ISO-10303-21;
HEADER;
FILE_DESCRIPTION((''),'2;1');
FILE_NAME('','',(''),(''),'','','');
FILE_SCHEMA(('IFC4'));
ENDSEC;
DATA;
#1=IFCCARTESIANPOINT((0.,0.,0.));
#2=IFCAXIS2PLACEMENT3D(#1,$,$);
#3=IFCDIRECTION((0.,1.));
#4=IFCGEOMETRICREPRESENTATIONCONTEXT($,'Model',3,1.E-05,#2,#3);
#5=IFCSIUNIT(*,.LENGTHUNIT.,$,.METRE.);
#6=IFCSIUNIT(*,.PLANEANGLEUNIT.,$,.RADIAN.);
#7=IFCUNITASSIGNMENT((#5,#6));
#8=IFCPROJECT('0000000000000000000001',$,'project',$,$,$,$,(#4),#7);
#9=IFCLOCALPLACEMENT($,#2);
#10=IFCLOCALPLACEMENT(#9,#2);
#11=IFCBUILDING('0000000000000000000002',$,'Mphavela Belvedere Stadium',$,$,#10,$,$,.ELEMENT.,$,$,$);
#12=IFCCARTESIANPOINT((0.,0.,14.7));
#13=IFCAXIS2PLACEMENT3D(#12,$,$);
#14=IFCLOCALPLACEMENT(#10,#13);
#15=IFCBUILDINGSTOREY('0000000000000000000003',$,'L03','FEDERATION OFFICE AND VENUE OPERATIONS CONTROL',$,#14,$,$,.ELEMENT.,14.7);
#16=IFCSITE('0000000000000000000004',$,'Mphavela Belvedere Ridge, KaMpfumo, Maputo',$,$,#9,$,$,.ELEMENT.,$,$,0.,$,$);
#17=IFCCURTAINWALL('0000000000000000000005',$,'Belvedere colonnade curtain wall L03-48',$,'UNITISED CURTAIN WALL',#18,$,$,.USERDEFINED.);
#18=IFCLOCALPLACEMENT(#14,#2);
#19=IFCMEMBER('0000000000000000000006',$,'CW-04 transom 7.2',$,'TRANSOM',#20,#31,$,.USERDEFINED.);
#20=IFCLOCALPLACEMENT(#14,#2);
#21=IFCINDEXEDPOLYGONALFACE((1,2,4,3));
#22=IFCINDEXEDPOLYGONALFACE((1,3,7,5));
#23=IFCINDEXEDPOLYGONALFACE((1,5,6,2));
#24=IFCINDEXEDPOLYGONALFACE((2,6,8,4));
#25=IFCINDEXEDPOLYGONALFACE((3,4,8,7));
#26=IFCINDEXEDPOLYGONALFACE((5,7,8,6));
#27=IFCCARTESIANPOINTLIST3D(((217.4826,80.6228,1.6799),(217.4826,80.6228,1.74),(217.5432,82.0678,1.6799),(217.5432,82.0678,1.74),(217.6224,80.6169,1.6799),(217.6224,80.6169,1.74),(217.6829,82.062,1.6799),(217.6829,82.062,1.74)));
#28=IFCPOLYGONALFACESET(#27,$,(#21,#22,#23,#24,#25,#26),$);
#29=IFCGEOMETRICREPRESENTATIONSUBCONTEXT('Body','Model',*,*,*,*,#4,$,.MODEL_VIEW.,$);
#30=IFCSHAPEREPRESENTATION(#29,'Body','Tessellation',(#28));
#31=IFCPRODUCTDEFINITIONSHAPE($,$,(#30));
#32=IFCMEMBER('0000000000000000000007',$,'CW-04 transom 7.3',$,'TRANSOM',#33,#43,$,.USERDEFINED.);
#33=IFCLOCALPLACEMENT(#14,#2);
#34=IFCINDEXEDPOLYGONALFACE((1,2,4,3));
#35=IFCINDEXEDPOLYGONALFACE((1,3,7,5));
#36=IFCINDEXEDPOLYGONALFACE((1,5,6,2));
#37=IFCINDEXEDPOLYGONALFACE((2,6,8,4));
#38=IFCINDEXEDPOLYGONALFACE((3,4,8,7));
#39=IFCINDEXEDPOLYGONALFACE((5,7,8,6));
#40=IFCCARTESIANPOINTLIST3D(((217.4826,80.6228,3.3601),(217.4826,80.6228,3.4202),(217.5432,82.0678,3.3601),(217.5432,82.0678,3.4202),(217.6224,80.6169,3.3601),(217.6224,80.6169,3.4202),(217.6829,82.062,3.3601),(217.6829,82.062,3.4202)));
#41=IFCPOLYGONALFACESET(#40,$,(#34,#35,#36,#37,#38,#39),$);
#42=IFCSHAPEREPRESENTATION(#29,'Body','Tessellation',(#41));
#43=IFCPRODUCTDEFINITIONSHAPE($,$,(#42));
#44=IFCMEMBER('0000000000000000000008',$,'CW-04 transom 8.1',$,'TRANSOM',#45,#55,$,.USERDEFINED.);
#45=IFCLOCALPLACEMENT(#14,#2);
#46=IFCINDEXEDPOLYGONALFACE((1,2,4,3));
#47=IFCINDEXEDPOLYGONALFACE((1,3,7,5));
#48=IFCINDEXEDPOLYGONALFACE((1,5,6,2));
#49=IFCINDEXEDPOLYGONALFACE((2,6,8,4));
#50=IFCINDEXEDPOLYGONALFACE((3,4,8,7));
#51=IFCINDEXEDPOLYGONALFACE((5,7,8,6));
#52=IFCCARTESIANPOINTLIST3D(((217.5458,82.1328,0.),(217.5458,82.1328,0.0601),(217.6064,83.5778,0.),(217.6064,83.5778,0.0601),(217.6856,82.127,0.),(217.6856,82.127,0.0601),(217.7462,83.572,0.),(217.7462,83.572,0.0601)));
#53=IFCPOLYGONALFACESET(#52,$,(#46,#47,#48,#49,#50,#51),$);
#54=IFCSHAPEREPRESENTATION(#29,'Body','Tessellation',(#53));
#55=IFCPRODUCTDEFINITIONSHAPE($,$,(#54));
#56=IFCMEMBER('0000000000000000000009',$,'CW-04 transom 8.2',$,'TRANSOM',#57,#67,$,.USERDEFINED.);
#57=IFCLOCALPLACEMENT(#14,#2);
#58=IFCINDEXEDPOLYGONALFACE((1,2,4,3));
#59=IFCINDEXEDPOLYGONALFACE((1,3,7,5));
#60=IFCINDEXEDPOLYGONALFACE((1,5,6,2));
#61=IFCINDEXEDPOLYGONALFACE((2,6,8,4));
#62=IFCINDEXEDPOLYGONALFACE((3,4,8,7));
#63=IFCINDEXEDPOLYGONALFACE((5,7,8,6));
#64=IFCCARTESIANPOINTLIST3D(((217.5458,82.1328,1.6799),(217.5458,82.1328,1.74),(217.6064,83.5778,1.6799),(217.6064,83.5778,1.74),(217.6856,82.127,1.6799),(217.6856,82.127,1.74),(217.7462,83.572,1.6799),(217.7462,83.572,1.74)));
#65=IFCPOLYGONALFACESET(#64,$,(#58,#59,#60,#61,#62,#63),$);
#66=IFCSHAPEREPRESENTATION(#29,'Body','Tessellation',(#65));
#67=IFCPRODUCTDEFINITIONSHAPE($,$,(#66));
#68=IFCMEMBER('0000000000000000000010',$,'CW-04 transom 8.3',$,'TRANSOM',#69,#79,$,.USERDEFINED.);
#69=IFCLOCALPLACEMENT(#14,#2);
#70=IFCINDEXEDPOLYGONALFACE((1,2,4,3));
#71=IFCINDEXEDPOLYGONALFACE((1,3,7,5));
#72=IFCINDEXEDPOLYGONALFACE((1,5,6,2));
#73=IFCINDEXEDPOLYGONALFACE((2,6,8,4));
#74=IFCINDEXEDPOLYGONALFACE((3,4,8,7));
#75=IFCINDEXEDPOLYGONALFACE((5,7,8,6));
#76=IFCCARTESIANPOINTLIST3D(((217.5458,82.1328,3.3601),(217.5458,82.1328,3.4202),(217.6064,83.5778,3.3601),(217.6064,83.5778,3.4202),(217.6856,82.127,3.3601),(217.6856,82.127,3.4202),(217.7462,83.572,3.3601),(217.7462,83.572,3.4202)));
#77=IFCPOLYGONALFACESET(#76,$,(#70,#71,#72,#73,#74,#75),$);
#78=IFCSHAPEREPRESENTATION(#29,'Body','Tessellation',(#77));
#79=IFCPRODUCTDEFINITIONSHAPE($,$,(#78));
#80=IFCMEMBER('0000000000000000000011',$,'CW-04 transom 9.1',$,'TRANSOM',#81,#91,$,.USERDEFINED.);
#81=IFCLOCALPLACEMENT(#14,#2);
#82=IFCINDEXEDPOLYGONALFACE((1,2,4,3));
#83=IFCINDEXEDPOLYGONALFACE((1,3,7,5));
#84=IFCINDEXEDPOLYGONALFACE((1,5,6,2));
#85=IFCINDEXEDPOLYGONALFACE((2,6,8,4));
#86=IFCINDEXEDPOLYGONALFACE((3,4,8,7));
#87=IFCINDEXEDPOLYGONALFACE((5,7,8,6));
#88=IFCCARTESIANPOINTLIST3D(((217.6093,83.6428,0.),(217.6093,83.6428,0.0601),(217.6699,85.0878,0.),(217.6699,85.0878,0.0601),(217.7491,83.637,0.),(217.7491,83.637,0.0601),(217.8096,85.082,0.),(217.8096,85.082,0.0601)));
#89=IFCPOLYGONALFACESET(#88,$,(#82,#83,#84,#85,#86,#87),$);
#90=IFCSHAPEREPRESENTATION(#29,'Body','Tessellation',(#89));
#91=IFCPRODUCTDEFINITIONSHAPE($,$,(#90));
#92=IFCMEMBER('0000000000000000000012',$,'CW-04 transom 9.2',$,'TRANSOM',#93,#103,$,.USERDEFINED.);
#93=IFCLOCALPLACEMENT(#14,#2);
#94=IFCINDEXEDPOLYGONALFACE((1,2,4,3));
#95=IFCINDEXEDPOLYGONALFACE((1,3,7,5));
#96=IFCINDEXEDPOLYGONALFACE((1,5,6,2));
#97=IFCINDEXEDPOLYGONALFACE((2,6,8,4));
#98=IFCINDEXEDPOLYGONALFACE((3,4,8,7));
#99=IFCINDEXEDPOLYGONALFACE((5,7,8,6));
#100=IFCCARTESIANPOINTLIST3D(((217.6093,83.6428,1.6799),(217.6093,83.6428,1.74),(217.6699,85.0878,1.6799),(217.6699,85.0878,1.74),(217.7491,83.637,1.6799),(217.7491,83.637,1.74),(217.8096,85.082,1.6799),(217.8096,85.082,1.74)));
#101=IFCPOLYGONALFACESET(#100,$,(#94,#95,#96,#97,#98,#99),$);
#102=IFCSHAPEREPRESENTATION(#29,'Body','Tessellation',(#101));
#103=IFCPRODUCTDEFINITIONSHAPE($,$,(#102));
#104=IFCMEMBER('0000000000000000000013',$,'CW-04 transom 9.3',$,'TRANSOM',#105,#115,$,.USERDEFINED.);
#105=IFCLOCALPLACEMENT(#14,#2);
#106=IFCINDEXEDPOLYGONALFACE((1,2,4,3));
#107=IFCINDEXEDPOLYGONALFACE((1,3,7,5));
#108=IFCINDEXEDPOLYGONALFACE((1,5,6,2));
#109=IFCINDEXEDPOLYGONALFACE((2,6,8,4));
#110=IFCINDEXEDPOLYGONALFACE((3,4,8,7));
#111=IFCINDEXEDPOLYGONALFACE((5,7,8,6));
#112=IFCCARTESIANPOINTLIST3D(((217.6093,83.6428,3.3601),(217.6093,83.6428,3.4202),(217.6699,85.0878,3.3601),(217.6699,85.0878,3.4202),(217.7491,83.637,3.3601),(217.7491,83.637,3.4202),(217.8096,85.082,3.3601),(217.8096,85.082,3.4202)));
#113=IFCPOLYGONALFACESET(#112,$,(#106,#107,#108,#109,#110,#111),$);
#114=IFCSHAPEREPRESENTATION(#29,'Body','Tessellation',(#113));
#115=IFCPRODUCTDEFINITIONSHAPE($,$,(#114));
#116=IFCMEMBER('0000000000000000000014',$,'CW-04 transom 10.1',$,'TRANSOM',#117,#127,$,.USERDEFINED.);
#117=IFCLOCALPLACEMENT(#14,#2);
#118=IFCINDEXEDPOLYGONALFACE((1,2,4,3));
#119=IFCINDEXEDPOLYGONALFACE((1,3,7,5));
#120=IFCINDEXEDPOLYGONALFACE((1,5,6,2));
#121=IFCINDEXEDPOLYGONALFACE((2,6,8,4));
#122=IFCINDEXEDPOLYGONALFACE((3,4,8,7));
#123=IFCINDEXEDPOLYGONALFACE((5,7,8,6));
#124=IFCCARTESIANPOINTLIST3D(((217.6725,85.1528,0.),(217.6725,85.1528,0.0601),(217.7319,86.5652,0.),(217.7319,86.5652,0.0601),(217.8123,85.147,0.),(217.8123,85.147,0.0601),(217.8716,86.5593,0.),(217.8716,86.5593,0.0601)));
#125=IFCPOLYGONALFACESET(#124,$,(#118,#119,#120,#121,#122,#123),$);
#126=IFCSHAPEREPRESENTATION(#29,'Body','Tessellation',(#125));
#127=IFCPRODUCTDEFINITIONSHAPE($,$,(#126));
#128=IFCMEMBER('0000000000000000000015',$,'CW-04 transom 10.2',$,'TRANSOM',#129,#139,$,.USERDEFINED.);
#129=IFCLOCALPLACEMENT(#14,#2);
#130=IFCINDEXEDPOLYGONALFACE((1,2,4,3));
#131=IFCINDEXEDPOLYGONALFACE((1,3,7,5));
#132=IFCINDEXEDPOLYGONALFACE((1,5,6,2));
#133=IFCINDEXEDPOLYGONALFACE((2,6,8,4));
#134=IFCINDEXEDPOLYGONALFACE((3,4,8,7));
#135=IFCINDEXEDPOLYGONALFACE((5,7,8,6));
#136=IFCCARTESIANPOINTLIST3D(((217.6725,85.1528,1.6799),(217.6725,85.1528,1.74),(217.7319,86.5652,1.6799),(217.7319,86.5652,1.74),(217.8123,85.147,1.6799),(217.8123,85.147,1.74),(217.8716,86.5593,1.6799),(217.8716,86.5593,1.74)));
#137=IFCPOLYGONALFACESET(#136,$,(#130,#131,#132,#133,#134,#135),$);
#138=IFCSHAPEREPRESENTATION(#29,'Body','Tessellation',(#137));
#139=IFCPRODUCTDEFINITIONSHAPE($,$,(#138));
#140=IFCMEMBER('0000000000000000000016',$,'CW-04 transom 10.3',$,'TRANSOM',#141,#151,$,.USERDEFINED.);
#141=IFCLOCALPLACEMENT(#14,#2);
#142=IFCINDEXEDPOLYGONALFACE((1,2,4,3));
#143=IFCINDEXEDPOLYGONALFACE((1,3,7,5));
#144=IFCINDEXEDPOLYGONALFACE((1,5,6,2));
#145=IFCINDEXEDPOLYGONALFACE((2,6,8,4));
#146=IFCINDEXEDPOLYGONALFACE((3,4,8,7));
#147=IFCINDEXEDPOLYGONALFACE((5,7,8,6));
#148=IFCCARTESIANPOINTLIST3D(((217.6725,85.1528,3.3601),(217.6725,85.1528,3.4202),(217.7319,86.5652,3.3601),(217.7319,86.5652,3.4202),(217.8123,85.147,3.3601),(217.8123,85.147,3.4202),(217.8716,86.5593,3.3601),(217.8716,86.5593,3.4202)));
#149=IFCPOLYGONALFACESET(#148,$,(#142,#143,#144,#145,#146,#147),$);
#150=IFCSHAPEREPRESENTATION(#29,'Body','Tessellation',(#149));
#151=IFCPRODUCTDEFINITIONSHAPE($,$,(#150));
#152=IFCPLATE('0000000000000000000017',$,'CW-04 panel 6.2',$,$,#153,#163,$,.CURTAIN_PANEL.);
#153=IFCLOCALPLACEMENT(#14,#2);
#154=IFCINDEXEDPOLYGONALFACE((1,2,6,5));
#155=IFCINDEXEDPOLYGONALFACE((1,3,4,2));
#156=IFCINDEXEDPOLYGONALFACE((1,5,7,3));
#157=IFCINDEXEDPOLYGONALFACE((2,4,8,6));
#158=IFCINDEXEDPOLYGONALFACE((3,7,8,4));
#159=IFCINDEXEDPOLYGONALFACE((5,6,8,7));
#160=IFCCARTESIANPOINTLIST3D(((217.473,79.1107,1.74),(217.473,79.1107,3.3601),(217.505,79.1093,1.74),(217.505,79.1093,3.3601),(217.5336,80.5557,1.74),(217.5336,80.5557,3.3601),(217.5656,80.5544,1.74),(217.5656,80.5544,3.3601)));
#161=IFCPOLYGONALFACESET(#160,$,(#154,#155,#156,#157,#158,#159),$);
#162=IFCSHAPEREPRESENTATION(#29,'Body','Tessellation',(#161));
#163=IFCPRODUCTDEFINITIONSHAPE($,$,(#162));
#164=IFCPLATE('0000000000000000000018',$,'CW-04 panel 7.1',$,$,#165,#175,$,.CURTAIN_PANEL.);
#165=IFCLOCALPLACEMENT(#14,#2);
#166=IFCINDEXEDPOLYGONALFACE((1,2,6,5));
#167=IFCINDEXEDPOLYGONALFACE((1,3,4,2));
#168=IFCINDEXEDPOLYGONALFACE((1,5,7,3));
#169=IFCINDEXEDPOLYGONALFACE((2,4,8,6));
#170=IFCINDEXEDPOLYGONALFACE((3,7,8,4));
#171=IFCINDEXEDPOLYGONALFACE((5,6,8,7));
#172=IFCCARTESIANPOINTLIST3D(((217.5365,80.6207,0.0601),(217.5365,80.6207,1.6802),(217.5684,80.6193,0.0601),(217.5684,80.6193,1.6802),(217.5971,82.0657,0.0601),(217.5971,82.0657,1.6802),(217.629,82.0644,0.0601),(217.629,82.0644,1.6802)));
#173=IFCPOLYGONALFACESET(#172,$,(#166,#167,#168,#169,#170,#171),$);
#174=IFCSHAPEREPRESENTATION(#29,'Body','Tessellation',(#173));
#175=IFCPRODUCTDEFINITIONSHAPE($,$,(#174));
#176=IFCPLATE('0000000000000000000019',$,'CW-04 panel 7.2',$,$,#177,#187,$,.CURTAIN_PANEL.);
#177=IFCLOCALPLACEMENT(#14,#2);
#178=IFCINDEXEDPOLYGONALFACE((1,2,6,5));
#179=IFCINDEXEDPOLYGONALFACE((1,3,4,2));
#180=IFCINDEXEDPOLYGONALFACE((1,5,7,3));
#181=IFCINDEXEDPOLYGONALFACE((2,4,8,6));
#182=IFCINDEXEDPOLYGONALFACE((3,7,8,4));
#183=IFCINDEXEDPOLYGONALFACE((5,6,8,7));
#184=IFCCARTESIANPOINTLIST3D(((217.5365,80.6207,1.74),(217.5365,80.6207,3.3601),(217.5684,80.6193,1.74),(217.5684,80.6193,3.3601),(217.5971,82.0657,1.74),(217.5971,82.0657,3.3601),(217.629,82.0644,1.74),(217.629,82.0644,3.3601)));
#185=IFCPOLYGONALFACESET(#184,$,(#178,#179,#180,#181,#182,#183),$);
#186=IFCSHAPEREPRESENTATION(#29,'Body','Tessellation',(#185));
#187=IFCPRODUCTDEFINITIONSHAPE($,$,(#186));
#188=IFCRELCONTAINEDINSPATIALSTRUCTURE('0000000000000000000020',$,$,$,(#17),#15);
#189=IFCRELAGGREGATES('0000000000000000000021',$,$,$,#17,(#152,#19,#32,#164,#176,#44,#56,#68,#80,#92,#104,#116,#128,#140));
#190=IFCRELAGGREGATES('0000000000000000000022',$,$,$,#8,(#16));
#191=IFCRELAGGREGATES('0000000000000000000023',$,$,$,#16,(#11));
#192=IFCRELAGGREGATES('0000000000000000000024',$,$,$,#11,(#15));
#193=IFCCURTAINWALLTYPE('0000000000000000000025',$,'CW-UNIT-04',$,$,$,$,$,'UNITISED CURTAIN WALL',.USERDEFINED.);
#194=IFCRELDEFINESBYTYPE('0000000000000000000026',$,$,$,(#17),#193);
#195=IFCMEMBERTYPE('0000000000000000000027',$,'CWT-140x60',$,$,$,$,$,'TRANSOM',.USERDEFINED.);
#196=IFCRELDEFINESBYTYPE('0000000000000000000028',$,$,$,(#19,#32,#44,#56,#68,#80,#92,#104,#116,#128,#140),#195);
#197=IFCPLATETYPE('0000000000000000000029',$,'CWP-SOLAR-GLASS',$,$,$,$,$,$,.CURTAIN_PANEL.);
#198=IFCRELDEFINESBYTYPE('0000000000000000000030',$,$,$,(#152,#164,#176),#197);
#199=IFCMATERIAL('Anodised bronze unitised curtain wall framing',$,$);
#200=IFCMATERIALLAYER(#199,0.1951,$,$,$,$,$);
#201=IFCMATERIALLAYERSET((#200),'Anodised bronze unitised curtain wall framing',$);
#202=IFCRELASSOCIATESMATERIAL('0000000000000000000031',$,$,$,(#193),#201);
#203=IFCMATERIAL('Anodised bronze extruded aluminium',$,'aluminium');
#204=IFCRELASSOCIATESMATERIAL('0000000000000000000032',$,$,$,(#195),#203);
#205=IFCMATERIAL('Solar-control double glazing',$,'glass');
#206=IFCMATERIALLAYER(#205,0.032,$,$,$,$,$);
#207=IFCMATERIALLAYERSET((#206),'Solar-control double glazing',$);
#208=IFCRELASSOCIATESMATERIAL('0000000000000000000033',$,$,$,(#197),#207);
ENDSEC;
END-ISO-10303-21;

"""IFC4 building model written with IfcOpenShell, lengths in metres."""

from ifc_helpers import new_model, si_unit, direction, frame, origin, origin_2d, place, context, subcontext, project, spatial, rectangle, extrude, material, layer, layer_set, material_profile, profile_set, type_object, element, aggregate, save


model = new_model("IFC4")

# Units and contexts
model_context = context("Model", 3, precision=1e-05, world=origin(), true_north=direction((0.0, 1.0)))
body_context = subcontext(model_context, "Body", "Model", "MODEL_VIEW")
ifc_project = project(units=[si_unit("LENGTHUNIT", "METRE"), si_unit("PLANEANGLEUNIT", "RADIAN")], contexts=[model_context])

# Site, building, storey
site_placement = place(None, origin())
site = spatial("IfcSite", under=ifc_project, at=site_placement, Name="Mphavela Belvedere Ridge, KaMpfumo, Maputo", CompositionType="ELEMENT", RefElevation=0.0)
building_placement = place(site_placement, origin())
building = spatial("IfcBuilding", under=site, at=building_placement, Name="Mphavela Belvedere Stadium", CompositionType="ELEMENT")
storey_placement = place(building_placement, frame((0.0, 0.0, 14.7)))
storey = spatial("IfcBuildingStorey", under=building, at=storey_placement, Name="L03", Description="FEDERATION OFFICE AND VENUE OPERATIONS CONTROL", CompositionType="ELEMENT", Elevation=14.7)

# Curtain wall, members, plates
ifc_material_1 = material(Name="Anodised bronze unitised curtain wall framing")
ifc_layer_1 = layer(ifc_material_1, 0.1951)
ifc_layer_set_1 = layer_set([ifc_layer_1], Name="Anodised bronze unitised curtain wall framing")
curtain_wall_type_1 = type_object("IfcCurtainWallType", Name="CW-UNIT-04", ElementType="UNITISED CURTAIN WALL", PredefinedType="USERDEFINED", material=ifc_layer_set_1)
curtain_wall_1_placement = place(storey_placement, origin())
curtain_wall_1 = element("IfcCurtainWall", 1, at=curtain_wall_1_placement, inside=storey, type_object=curtain_wall_type_1, Name="Belvedere colonnade curtain wall L03-48", ObjectType="UNITISED CURTAIN WALL", PredefinedType="USERDEFINED")
ifc_material_2 = material(Name="Anodised bronze extruded aluminium", Category="aluminium")
ifc_material_profile_1 = material_profile(ifc_material_2, rectangle(XDim=0.1399, YDim=0.0601, at=origin_2d()), Name="CW-TRN 140x60")
ifc_profile_set_1 = profile_set([ifc_material_profile_1], Name="Anodised bronze extruded aluminium")
member_type_1 = type_object("IfcMemberType", Name="CWT-140x60", ElementType="TRANSOM", PredefinedType="USERDEFINED", material=ifc_profile_set_1)
member_1_placement = place(storey_placement, frame((217.5525, 80.6199, 1.71), z_axis=(0.041862, 0.999123, 0.0), x_axis=(-0.999123, 0.041862, 0.0)))
member_1 = element("IfcMember", 2, at=member_1_placement, type_object=member_type_1, Name="CW-04 transom 7.2", ObjectType="TRANSOM", PredefinedType="USERDEFINED", context=body_context, shape_type="SweptSolid", body=[
    extrude(rectangle(XDim=0.1399, YDim=0.0601, at=origin_2d()), origin(), (0.0, 0.0, 1.0), 1.4463),
])
member_2_placement = place(storey_placement, frame((217.5525, 80.6199, 3.3901), z_axis=(0.041862, 0.999123, 0.0), x_axis=(-0.999123, 0.041862, 0.0)))
member_2 = element("IfcMember", 3, at=member_2_placement, type_object=member_type_1, Name="CW-04 transom 7.3", ObjectType="TRANSOM", PredefinedType="USERDEFINED", context=body_context, shape_type="SweptSolid", body=[
    extrude(rectangle(XDim=0.1399, YDim=0.0601, at=origin_2d()), origin(), (0.0, 0.0, 1.0), 1.4463),
])
member_3_placement = place(storey_placement, frame((217.6157, 82.1299, 0.03), z_axis=(0.041862, 0.999123, 0.0), x_axis=(-0.999123, 0.041862, 0.0)))
member_3 = element("IfcMember", 4, at=member_3_placement, type_object=member_type_1, Name="CW-04 transom 8.1", ObjectType="TRANSOM", PredefinedType="USERDEFINED", context=body_context, shape_type="SweptSolid", body=[
    extrude(rectangle(XDim=0.1399, YDim=0.0601, at=origin_2d()), origin(), (0.0, 0.0, 1.0), 1.4463),
])
member_4_placement = place(storey_placement, frame((217.6157, 82.1299, 1.71), z_axis=(0.041862, 0.999123, 0.0), x_axis=(-0.999123, 0.041862, 0.0)))
member_4 = element("IfcMember", 5, at=member_4_placement, type_object=member_type_1, Name="CW-04 transom 8.2", ObjectType="TRANSOM", PredefinedType="USERDEFINED", context=body_context, shape_type="SweptSolid", body=[
    extrude(rectangle(XDim=0.1399, YDim=0.0601, at=origin_2d()), origin(), (0.0, 0.0, 1.0), 1.4463),
])
member_5_placement = place(storey_placement, frame((217.6157, 82.1299, 3.3901), z_axis=(0.041862, 0.999123, 0.0), x_axis=(-0.999123, 0.041862, 0.0)))
member_5 = element("IfcMember", 6, at=member_5_placement, type_object=member_type_1, Name="CW-04 transom 8.3", ObjectType="TRANSOM", PredefinedType="USERDEFINED", context=body_context, shape_type="SweptSolid", body=[
    extrude(rectangle(XDim=0.1399, YDim=0.0601, at=origin_2d()), origin(), (0.0, 0.0, 1.0), 1.4463),
])
member_6_placement = place(storey_placement, frame((217.6792, 83.6399, 0.03), z_axis=(0.041862, 0.999123, 0.0), x_axis=(-0.999123, 0.041862, 0.0)))
member_6 = element("IfcMember", 7, at=member_6_placement, type_object=member_type_1, Name="CW-04 transom 9.1", ObjectType="TRANSOM", PredefinedType="USERDEFINED", context=body_context, shape_type="SweptSolid", body=[
    extrude(rectangle(XDim=0.1399, YDim=0.0601, at=origin_2d()), origin(), (0.0, 0.0, 1.0), 1.4463),
])
member_7_placement = place(storey_placement, frame((217.6792, 83.6399, 1.71), z_axis=(0.041862, 0.999123, 0.0), x_axis=(-0.999123, 0.041862, 0.0)))
member_7 = element("IfcMember", 8, at=member_7_placement, type_object=member_type_1, Name="CW-04 transom 9.2", ObjectType="TRANSOM", PredefinedType="USERDEFINED", context=body_context, shape_type="SweptSolid", body=[
    extrude(rectangle(XDim=0.1399, YDim=0.0601, at=origin_2d()), origin(), (0.0, 0.0, 1.0), 1.4463),
])
member_8_placement = place(storey_placement, frame((217.6792, 83.6399, 3.3901), z_axis=(0.041862, 0.999123, 0.0), x_axis=(-0.999123, 0.041862, 0.0)))
member_8 = element("IfcMember", 9, at=member_8_placement, type_object=member_type_1, Name="CW-04 transom 9.3", ObjectType="TRANSOM", PredefinedType="USERDEFINED", context=body_context, shape_type="SweptSolid", body=[
    extrude(rectangle(XDim=0.1399, YDim=0.0601, at=origin_2d()), origin(), (0.0, 0.0, 1.0), 1.4463),
])
member_9_placement = place(storey_placement, frame((217.7424, 85.1499, 0.03), z_axis=(0.041968, 0.999119, 0.0), x_axis=(-0.999119, 0.041968, 0.0)))
member_9 = element("IfcMember", 10, at=member_9_placement, type_object=member_type_1, Name="CW-04 transom 10.1", ObjectType="TRANSOM", PredefinedType="USERDEFINED", context=body_context, shape_type="SweptSolid", body=[
    extrude(rectangle(XDim=0.1399, YDim=0.0601, at=origin_2d()), origin(), (0.0, 0.0, 1.0), 1.4136),
])
member_10_placement = place(storey_placement, frame((217.7424, 85.1499, 1.71), z_axis=(0.041968, 0.999119, 0.0), x_axis=(-0.999119, 0.041968, 0.0)))
member_10 = element("IfcMember", 11, at=member_10_placement, type_object=member_type_1, Name="CW-04 transom 10.2", ObjectType="TRANSOM", PredefinedType="USERDEFINED", context=body_context, shape_type="SweptSolid", body=[
    extrude(rectangle(XDim=0.1399, YDim=0.0601, at=origin_2d()), origin(), (0.0, 0.0, 1.0), 1.4136),
])
member_11_placement = place(storey_placement, frame((217.7424, 85.1499, 3.3901), z_axis=(0.041968, 0.999119, 0.0), x_axis=(-0.999119, 0.041968, 0.0)))
member_11 = element("IfcMember", 12, at=member_11_placement, type_object=member_type_1, Name="CW-04 transom 10.3", ObjectType="TRANSOM", PredefinedType="USERDEFINED", context=body_context, shape_type="SweptSolid", body=[
    extrude(rectangle(XDim=0.1399, YDim=0.0601, at=origin_2d()), origin(), (0.0, 0.0, 1.0), 1.4136),
])
ifc_material_3 = material(Name="Solar-control double glazing", Category="glass")
ifc_layer_2 = layer(ifc_material_3, 0.032)
ifc_layer_set_2 = layer_set([ifc_layer_2], Name="Solar-control double glazing")
plate_type = type_object("IfcPlateType", Name="CWP-SOLAR-GLASS", PredefinedType="CURTAIN_PANEL", material=ifc_layer_set_2)
plate_1_placement = place(storey_placement, frame((217.5193, 79.8325, 1.74), z_axis=(0.0, 0.0, 1.0), x_axis=(0.041911, 0.999121, 0.0)))
plate_1 = element("IfcPlate", 13, at=plate_1_placement, type_object=plate_type, Name="CW-04 panel 6.2", PredefinedType="CURTAIN_PANEL", context=body_context, shape_type="SweptSolid", body=[
    extrude(rectangle(XDim=1.4463, YDim=0.032, at=origin_2d()), origin(), (0.0, 0.0, 1.0), 1.6201),
])
plate_2_placement = place(storey_placement, frame((217.5828, 81.3425, 0.0601), z_axis=(0.0, 0.0, 1.0), x_axis=(0.041911, 0.999121, 0.0)))
plate_2 = element("IfcPlate", 14, at=plate_2_placement, type_object=plate_type, Name="CW-04 panel 7.1", PredefinedType="CURTAIN_PANEL", context=body_context, shape_type="SweptSolid", body=[
    extrude(rectangle(XDim=1.4463, YDim=0.032, at=origin_2d()), origin(), (0.0, 0.0, 1.0), 1.6201),
])
plate_3_placement = place(storey_placement, frame((217.5828, 81.3425, 1.74), z_axis=(0.0, 0.0, 1.0), x_axis=(0.041911, 0.999121, 0.0)))
plate_3 = element("IfcPlate", 15, at=plate_3_placement, type_object=plate_type, Name="CW-04 panel 7.2", PredefinedType="CURTAIN_PANEL", context=body_context, shape_type="SweptSolid", body=[
    extrude(rectangle(XDim=1.4463, YDim=0.032, at=origin_2d()), origin(), (0.0, 0.0, 1.0), 1.6201),
])
aggregate(curtain_wall_1, [plate_1, member_1, member_2, plate_2, plate_3, member_3, member_4, member_5, member_6, member_7, member_8, member_9, member_10, member_11])

save(model, "model.ifc")
